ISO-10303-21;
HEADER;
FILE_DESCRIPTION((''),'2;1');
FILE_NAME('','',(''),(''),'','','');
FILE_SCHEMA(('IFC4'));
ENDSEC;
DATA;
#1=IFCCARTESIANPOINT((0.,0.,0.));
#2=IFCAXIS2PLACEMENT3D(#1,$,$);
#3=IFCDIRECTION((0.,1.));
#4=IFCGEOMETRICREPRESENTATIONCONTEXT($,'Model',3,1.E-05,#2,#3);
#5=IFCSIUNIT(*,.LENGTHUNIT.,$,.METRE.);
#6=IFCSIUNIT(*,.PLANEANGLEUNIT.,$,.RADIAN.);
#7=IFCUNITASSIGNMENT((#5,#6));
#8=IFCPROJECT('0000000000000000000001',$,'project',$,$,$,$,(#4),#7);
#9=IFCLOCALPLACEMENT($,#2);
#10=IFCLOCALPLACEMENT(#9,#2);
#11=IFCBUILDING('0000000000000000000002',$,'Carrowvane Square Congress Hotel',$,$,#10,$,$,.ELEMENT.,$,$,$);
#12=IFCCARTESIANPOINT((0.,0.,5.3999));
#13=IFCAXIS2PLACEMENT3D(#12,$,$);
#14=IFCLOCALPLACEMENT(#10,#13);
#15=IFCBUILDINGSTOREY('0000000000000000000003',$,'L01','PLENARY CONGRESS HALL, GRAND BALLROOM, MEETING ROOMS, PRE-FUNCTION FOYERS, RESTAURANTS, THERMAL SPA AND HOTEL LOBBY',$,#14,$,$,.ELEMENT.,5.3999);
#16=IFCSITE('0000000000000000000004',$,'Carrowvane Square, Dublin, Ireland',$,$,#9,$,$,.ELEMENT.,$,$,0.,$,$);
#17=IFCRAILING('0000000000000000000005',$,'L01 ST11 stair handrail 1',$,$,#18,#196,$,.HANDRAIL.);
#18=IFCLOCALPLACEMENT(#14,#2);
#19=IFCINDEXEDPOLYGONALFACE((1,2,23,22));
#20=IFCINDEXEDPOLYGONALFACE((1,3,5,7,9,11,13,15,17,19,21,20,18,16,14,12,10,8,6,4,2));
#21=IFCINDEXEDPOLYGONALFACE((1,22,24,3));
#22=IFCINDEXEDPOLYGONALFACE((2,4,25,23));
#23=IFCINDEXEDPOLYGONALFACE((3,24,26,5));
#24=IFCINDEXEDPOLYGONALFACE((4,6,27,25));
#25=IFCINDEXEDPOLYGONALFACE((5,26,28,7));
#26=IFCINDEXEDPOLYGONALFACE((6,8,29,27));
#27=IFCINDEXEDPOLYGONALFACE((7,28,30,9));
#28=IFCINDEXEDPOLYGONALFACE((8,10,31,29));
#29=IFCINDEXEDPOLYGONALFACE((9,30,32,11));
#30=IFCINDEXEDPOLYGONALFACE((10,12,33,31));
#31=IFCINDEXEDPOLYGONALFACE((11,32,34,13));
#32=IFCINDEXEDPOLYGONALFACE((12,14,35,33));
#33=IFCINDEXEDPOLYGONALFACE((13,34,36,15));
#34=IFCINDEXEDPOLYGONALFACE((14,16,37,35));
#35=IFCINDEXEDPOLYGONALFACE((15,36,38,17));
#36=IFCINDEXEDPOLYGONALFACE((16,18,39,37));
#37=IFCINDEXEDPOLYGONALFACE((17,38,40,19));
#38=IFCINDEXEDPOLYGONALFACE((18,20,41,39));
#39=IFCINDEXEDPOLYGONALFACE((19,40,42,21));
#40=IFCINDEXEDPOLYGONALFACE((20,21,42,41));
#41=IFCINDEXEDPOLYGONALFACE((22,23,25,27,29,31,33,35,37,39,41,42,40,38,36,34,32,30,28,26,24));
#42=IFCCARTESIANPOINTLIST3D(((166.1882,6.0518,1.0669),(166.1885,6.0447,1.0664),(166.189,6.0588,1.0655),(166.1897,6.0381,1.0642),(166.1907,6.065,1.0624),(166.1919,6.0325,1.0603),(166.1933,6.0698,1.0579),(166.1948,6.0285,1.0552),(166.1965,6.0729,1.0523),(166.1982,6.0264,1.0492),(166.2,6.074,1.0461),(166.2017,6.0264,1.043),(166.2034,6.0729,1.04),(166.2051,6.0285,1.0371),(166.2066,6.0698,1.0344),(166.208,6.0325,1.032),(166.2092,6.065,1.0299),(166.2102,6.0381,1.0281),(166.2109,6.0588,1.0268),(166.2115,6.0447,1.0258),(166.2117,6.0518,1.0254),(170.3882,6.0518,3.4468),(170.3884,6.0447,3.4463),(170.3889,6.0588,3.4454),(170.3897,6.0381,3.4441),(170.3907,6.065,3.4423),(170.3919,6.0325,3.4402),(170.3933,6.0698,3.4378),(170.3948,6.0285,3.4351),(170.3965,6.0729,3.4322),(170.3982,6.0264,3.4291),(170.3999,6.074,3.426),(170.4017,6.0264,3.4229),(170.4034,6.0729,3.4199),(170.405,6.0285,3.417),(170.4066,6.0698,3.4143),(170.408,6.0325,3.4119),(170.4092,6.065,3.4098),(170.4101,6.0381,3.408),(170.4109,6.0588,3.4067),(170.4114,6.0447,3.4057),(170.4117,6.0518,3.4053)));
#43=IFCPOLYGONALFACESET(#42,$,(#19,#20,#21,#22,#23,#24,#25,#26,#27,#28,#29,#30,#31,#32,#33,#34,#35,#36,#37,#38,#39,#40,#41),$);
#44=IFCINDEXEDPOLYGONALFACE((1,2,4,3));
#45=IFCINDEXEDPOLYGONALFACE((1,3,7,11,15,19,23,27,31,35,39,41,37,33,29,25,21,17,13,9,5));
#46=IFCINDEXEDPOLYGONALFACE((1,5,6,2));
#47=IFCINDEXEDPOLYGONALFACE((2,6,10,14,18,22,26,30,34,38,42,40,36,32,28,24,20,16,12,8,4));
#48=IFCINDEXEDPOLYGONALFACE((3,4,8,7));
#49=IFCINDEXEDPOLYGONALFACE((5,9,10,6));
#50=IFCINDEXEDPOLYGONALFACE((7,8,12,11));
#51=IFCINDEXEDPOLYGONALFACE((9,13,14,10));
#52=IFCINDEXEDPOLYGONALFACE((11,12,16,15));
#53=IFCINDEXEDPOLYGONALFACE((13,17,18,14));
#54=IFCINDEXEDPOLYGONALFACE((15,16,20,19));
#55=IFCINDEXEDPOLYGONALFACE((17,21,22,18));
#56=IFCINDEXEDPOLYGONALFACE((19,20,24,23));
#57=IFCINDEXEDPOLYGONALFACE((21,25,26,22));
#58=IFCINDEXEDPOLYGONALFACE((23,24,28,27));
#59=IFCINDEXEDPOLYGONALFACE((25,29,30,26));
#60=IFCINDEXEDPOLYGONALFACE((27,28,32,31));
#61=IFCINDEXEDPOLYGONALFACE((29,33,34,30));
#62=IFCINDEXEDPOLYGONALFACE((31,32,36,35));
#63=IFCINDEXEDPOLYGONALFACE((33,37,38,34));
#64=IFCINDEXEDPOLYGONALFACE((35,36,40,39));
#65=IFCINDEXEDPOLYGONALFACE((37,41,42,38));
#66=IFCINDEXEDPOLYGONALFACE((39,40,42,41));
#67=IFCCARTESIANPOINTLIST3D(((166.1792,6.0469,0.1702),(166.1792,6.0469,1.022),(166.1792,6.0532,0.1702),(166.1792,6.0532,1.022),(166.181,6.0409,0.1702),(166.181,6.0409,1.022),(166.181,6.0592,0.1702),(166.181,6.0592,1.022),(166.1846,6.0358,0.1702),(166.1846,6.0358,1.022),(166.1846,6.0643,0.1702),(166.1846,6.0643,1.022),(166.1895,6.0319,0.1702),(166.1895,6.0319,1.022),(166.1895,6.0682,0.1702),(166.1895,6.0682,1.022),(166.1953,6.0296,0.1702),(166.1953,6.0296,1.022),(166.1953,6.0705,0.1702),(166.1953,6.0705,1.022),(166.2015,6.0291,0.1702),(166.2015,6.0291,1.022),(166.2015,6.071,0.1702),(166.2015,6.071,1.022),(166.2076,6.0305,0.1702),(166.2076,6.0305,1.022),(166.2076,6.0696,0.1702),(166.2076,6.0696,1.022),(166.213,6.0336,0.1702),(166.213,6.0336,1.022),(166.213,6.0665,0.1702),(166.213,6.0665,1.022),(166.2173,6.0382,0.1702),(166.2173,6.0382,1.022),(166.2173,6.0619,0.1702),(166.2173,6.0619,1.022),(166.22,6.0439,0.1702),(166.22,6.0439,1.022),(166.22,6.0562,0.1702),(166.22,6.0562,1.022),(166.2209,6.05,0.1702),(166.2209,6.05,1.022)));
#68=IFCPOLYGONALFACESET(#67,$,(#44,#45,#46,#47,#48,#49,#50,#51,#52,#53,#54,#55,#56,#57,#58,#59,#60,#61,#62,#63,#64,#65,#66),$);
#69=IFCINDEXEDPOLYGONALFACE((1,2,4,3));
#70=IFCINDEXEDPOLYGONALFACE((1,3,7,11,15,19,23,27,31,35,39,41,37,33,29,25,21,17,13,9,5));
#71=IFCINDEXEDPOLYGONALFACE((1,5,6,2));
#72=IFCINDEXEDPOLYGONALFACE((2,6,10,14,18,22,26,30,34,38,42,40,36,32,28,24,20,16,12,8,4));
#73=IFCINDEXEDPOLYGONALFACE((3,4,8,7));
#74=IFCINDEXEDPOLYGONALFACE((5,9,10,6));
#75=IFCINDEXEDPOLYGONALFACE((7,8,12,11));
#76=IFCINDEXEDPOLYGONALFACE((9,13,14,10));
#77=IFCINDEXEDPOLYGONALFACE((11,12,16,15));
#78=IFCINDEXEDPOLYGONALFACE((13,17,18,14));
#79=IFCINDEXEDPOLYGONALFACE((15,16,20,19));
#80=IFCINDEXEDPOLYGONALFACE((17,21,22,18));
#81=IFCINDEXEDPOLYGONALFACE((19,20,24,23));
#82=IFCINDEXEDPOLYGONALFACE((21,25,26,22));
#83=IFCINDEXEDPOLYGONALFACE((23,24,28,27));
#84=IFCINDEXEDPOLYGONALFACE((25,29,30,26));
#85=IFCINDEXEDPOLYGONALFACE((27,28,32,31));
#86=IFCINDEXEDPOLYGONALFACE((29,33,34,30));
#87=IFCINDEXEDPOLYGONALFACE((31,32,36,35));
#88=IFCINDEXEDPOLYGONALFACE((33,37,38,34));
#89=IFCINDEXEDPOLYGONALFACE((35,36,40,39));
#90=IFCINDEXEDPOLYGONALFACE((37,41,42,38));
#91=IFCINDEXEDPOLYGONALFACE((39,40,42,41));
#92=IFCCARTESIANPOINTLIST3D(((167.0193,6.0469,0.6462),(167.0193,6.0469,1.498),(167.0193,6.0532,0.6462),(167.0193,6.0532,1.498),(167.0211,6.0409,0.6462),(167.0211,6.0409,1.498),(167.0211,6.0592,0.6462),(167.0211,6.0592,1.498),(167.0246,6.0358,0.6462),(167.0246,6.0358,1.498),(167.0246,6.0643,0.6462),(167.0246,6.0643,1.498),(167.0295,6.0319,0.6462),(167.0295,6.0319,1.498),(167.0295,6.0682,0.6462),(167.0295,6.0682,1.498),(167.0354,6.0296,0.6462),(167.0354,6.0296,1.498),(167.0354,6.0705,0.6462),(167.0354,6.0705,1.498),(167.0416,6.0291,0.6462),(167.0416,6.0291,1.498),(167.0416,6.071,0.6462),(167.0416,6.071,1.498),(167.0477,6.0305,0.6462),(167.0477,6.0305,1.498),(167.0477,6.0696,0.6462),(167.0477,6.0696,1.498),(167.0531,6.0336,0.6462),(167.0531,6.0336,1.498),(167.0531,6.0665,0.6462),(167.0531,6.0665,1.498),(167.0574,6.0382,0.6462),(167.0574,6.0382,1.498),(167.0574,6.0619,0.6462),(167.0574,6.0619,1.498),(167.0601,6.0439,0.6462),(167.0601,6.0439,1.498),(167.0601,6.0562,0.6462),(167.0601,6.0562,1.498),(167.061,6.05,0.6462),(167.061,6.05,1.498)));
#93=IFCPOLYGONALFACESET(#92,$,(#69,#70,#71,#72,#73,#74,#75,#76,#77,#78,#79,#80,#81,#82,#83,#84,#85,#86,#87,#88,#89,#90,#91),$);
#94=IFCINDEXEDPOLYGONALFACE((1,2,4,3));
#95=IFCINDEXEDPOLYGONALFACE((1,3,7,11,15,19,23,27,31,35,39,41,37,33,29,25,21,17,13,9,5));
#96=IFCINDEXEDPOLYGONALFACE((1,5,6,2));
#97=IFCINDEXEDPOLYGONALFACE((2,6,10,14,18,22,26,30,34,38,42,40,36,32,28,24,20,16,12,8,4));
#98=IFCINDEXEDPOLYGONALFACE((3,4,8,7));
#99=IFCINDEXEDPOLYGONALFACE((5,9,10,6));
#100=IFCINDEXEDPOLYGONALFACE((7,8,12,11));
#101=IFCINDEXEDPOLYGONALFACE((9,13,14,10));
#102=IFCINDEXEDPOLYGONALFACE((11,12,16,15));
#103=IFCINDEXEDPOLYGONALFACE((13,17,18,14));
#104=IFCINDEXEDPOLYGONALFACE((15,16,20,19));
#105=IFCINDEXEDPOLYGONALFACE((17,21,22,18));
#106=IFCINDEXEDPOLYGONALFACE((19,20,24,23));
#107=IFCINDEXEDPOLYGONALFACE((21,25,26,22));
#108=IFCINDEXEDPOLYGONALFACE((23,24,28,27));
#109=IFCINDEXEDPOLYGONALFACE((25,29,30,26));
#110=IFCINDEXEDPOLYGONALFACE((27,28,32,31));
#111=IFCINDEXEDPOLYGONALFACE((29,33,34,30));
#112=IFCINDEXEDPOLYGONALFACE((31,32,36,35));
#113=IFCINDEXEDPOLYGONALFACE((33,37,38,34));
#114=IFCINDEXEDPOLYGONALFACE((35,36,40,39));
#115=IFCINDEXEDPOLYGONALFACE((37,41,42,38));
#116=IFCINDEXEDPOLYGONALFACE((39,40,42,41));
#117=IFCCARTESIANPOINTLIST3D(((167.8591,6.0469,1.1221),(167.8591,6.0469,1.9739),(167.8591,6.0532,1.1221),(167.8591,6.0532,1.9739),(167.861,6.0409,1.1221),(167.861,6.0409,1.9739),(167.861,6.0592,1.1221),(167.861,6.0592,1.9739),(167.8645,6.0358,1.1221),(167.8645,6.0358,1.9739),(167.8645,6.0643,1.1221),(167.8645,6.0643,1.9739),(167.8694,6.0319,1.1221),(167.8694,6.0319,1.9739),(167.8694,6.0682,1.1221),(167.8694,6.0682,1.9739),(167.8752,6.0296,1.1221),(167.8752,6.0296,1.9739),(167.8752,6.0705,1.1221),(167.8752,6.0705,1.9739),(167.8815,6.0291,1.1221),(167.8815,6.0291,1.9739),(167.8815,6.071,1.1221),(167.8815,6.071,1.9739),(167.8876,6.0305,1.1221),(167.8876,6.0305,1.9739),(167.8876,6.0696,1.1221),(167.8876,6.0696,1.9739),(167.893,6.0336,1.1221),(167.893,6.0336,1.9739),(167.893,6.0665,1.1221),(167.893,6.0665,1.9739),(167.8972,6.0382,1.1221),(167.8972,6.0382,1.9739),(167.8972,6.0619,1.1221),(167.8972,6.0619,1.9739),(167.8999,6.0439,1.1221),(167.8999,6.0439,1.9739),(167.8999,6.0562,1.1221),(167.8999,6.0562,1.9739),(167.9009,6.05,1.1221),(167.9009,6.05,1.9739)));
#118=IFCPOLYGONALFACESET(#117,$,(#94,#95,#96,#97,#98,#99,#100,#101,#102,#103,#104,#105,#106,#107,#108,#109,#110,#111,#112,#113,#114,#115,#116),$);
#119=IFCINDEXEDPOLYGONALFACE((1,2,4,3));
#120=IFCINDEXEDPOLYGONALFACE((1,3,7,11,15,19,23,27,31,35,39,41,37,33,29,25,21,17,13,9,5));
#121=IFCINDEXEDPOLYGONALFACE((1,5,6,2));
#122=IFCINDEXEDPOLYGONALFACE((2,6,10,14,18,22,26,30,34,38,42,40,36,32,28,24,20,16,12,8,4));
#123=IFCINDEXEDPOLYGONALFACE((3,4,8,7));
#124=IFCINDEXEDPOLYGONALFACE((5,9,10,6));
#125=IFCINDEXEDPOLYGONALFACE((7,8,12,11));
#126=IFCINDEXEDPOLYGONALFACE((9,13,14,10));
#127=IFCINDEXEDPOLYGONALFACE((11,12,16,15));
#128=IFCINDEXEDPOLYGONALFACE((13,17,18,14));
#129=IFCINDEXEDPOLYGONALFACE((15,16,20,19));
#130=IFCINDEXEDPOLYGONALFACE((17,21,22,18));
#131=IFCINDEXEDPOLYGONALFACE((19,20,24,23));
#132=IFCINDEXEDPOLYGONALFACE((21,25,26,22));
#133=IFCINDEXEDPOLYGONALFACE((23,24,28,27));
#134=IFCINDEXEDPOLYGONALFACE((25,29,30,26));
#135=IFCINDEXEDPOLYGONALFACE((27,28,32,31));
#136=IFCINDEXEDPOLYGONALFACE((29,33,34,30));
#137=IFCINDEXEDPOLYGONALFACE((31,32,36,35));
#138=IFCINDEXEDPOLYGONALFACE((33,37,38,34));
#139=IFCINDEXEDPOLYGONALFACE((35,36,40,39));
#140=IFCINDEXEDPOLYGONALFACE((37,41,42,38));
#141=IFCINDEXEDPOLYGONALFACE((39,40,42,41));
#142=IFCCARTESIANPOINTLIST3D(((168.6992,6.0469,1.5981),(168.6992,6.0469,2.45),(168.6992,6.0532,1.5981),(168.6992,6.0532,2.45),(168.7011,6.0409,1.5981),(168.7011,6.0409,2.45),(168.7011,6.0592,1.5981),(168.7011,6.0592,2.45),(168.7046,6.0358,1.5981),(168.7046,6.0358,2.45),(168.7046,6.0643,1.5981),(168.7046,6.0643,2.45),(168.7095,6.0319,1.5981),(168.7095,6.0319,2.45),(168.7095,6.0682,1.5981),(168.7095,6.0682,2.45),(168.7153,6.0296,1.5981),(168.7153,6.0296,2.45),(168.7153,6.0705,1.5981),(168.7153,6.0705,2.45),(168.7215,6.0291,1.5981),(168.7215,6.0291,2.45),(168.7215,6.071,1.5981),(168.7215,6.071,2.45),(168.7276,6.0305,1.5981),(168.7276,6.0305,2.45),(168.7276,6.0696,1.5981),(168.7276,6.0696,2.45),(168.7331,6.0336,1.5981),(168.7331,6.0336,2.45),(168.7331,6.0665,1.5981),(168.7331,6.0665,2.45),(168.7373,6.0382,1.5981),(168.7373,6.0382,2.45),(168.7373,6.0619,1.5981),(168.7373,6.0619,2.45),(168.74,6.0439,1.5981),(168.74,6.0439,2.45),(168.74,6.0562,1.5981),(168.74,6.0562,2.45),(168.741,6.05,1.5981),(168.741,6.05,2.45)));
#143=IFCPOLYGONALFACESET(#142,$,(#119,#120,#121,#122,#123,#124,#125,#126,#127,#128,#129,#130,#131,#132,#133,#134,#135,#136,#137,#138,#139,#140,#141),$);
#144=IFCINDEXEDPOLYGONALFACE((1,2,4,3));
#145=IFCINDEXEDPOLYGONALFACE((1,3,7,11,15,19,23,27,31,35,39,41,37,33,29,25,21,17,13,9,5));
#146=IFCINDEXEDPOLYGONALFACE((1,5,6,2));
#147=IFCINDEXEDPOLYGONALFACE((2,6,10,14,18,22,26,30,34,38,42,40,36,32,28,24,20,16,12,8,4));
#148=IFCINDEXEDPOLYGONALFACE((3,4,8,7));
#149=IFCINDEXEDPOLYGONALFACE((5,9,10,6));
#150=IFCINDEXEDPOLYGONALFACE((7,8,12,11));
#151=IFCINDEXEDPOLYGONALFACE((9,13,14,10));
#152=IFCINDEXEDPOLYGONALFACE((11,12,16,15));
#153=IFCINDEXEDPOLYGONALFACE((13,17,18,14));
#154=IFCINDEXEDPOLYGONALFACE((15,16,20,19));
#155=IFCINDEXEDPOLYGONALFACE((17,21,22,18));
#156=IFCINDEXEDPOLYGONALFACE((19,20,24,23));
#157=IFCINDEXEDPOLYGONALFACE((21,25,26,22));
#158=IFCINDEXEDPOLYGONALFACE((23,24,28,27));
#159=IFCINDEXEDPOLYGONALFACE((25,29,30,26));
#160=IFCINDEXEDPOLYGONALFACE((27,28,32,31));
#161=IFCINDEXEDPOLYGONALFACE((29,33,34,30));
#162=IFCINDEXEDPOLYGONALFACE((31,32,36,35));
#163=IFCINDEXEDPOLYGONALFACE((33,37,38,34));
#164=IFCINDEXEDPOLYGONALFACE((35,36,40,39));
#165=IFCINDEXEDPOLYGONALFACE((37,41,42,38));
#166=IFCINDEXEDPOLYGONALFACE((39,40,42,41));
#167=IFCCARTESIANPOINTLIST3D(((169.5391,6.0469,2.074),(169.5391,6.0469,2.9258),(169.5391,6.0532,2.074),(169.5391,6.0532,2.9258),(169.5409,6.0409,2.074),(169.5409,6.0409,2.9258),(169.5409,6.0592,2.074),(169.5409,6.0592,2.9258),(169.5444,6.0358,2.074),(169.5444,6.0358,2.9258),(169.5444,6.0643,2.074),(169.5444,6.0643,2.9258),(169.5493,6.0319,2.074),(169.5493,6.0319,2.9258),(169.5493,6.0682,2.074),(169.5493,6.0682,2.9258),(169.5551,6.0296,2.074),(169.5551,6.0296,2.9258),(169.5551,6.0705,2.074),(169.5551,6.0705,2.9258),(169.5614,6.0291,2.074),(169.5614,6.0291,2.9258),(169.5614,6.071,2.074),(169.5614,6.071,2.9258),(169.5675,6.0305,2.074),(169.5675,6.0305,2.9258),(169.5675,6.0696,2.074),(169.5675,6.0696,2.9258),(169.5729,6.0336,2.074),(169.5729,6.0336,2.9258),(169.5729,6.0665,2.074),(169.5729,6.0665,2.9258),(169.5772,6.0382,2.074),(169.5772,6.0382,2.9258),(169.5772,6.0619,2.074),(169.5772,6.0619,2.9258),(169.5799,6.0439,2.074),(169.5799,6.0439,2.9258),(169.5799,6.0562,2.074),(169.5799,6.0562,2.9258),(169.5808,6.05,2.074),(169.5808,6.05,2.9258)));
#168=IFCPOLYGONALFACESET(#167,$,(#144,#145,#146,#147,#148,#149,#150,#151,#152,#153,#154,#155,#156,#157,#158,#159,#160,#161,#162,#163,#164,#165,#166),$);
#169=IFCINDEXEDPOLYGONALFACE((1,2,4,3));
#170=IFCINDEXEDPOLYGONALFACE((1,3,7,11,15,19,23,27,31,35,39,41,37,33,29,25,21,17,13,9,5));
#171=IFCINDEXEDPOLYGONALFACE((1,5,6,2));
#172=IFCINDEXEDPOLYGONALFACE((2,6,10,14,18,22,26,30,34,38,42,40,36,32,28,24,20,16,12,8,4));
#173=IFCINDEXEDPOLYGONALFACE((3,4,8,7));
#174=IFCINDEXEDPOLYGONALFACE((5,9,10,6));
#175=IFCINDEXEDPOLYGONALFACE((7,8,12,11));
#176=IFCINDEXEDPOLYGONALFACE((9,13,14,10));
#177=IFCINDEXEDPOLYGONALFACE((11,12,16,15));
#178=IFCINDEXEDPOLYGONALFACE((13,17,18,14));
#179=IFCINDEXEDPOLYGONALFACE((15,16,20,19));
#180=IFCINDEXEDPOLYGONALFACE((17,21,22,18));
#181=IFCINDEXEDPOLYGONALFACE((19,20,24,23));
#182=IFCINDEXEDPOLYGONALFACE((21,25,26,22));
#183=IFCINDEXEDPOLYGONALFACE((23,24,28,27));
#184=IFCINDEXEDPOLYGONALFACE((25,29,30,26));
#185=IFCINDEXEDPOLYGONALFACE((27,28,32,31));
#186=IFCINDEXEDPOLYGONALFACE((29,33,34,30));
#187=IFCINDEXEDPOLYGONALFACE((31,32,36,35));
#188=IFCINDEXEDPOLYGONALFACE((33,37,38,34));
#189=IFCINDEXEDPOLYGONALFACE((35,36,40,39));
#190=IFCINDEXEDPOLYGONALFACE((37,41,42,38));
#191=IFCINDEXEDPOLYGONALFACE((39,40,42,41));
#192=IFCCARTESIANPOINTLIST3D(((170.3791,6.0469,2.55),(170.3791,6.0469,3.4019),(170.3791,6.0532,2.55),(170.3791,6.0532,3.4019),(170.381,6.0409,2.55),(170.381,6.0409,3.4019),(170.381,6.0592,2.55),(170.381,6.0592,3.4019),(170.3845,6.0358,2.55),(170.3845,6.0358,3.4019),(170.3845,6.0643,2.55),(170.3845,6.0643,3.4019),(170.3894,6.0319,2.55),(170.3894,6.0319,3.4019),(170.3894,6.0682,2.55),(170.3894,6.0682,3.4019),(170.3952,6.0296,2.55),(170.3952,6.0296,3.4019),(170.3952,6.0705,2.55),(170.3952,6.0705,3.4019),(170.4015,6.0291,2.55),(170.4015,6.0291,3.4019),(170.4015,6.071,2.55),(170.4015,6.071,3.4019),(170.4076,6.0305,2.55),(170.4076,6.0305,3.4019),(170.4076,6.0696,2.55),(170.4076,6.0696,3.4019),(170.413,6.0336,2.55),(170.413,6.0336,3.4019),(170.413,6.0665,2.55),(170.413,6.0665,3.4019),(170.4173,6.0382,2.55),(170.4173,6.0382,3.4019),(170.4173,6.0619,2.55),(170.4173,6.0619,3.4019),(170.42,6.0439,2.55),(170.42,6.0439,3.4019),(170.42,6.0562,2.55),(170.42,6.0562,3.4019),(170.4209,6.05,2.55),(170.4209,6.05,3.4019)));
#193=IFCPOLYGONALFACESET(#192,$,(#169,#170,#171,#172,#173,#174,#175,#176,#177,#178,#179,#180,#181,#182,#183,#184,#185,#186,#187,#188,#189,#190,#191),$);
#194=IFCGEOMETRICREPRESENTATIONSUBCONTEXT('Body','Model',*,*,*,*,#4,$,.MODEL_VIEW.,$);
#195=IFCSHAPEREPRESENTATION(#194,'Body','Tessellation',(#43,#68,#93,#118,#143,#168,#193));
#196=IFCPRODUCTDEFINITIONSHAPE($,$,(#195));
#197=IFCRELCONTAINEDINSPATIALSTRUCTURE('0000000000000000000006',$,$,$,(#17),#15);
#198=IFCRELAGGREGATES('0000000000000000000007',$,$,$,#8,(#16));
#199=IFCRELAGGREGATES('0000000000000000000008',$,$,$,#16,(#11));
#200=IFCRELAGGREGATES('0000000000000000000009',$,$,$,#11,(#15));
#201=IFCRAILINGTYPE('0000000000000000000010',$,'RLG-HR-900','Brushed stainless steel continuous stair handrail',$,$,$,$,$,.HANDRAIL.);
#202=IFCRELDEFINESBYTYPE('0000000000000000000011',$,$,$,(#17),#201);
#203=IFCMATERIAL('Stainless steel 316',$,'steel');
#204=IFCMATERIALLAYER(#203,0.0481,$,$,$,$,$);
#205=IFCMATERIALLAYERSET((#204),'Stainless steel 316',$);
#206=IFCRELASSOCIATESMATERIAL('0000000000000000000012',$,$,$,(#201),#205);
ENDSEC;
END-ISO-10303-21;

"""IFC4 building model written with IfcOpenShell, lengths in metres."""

from ifc_helpers import new_model, si_unit, direction, frame, origin, origin_2d, place, context, subcontext, project, spatial, circle, extrude, material, layer, layer_set, type_object, element, save


model = new_model("IFC4")

# Units and contexts
model_context = context("Model", 3, precision=1e-05, world=origin(), true_north=direction((0.0, 1.0)))
body_context = subcontext(model_context, "Body", "Model", "MODEL_VIEW")
ifc_project = project(units=[si_unit("LENGTHUNIT", "METRE"), si_unit("PLANEANGLEUNIT", "RADIAN")], contexts=[model_context])

# Site, building, storey
site_placement = place(None, origin())
site = spatial("IfcSite", under=ifc_project, at=site_placement, Name="Carrowvane Square, Dublin, Ireland", CompositionType="ELEMENT", RefElevation=0.0)
building_placement = place(site_placement, origin())
building = spatial("IfcBuilding", under=site, at=building_placement, Name="Carrowvane Square Congress Hotel", CompositionType="ELEMENT")
storey_placement = place(building_placement, frame((0.0, 0.0, 5.3999)))
storey = spatial("IfcBuildingStorey", under=building, at=storey_placement, Name="L01", Description="PLENARY CONGRESS HALL, GRAND BALLROOM, MEETING ROOMS, PRE-FUNCTION FOYERS, RESTAURANTS, THERMAL SPA AND HOTEL LOBBY", CompositionType="ELEMENT", Elevation=5.3999)

# Railing
ifc_material_1 = material(Name="Stainless steel 316", Category="steel")
ifc_layer_1 = layer(ifc_material_1, 0.0481)
ifc_layer_set_1 = layer_set([ifc_layer_1], Name="Stainless steel 316")
railing_type_1 = type_object("IfcRailingType", Name="RLG-HR-900", Description="Brushed stainless steel continuous stair handrail", PredefinedType="HANDRAIL", material=ifc_layer_set_1)
railing_1_placement = place(storey_placement, frame((166.2, 6.05, 0.1702)))
element("IfcRailing", 1, at=railing_1_placement, inside=storey, type_object=railing_type_1, Name="L01 ST11 stair handrail 1", PredefinedType="HANDRAIL", context=body_context, shape_type="SweptSolid", body=[
    extrude(circle(Radius=0.0239, at=origin_2d()), frame((0.0, 0.0, 0.876), z_axis=(0.87003, 0.0, 0.492999), x_axis=(0.0, 1.0, 0.0)), (0.0, 0.0, 1.0), 4.8274),
    extrude(circle(Radius=0.021, at=origin_2d()), origin(), (0.0, 0.0, 1.0), 0.8518),
    extrude(circle(Radius=0.021, at=origin_2d()), frame((0.8401, 0.0, 0.4761)), (0.0, 0.0, 1.0), 0.8518),
    extrude(circle(Radius=0.021, at=origin_2d()), frame((1.6799, 0.0, 0.9519)), (0.0, 0.0, 1.0), 0.8518),
    extrude(circle(Radius=0.021, at=origin_2d()), frame((2.52, 0.0, 1.428)), (0.0, 0.0, 1.0), 0.8518),
    extrude(circle(Radius=0.021, at=origin_2d()), frame((3.3599, 0.0, 1.9038)), (0.0, 0.0, 1.0), 0.8518),
    extrude(circle(Radius=0.021, at=origin_2d()), frame((4.2, 0.0, 2.3799)), (0.0, 0.0, 1.0), 0.8518),
])

save(model, "model.ifc")
